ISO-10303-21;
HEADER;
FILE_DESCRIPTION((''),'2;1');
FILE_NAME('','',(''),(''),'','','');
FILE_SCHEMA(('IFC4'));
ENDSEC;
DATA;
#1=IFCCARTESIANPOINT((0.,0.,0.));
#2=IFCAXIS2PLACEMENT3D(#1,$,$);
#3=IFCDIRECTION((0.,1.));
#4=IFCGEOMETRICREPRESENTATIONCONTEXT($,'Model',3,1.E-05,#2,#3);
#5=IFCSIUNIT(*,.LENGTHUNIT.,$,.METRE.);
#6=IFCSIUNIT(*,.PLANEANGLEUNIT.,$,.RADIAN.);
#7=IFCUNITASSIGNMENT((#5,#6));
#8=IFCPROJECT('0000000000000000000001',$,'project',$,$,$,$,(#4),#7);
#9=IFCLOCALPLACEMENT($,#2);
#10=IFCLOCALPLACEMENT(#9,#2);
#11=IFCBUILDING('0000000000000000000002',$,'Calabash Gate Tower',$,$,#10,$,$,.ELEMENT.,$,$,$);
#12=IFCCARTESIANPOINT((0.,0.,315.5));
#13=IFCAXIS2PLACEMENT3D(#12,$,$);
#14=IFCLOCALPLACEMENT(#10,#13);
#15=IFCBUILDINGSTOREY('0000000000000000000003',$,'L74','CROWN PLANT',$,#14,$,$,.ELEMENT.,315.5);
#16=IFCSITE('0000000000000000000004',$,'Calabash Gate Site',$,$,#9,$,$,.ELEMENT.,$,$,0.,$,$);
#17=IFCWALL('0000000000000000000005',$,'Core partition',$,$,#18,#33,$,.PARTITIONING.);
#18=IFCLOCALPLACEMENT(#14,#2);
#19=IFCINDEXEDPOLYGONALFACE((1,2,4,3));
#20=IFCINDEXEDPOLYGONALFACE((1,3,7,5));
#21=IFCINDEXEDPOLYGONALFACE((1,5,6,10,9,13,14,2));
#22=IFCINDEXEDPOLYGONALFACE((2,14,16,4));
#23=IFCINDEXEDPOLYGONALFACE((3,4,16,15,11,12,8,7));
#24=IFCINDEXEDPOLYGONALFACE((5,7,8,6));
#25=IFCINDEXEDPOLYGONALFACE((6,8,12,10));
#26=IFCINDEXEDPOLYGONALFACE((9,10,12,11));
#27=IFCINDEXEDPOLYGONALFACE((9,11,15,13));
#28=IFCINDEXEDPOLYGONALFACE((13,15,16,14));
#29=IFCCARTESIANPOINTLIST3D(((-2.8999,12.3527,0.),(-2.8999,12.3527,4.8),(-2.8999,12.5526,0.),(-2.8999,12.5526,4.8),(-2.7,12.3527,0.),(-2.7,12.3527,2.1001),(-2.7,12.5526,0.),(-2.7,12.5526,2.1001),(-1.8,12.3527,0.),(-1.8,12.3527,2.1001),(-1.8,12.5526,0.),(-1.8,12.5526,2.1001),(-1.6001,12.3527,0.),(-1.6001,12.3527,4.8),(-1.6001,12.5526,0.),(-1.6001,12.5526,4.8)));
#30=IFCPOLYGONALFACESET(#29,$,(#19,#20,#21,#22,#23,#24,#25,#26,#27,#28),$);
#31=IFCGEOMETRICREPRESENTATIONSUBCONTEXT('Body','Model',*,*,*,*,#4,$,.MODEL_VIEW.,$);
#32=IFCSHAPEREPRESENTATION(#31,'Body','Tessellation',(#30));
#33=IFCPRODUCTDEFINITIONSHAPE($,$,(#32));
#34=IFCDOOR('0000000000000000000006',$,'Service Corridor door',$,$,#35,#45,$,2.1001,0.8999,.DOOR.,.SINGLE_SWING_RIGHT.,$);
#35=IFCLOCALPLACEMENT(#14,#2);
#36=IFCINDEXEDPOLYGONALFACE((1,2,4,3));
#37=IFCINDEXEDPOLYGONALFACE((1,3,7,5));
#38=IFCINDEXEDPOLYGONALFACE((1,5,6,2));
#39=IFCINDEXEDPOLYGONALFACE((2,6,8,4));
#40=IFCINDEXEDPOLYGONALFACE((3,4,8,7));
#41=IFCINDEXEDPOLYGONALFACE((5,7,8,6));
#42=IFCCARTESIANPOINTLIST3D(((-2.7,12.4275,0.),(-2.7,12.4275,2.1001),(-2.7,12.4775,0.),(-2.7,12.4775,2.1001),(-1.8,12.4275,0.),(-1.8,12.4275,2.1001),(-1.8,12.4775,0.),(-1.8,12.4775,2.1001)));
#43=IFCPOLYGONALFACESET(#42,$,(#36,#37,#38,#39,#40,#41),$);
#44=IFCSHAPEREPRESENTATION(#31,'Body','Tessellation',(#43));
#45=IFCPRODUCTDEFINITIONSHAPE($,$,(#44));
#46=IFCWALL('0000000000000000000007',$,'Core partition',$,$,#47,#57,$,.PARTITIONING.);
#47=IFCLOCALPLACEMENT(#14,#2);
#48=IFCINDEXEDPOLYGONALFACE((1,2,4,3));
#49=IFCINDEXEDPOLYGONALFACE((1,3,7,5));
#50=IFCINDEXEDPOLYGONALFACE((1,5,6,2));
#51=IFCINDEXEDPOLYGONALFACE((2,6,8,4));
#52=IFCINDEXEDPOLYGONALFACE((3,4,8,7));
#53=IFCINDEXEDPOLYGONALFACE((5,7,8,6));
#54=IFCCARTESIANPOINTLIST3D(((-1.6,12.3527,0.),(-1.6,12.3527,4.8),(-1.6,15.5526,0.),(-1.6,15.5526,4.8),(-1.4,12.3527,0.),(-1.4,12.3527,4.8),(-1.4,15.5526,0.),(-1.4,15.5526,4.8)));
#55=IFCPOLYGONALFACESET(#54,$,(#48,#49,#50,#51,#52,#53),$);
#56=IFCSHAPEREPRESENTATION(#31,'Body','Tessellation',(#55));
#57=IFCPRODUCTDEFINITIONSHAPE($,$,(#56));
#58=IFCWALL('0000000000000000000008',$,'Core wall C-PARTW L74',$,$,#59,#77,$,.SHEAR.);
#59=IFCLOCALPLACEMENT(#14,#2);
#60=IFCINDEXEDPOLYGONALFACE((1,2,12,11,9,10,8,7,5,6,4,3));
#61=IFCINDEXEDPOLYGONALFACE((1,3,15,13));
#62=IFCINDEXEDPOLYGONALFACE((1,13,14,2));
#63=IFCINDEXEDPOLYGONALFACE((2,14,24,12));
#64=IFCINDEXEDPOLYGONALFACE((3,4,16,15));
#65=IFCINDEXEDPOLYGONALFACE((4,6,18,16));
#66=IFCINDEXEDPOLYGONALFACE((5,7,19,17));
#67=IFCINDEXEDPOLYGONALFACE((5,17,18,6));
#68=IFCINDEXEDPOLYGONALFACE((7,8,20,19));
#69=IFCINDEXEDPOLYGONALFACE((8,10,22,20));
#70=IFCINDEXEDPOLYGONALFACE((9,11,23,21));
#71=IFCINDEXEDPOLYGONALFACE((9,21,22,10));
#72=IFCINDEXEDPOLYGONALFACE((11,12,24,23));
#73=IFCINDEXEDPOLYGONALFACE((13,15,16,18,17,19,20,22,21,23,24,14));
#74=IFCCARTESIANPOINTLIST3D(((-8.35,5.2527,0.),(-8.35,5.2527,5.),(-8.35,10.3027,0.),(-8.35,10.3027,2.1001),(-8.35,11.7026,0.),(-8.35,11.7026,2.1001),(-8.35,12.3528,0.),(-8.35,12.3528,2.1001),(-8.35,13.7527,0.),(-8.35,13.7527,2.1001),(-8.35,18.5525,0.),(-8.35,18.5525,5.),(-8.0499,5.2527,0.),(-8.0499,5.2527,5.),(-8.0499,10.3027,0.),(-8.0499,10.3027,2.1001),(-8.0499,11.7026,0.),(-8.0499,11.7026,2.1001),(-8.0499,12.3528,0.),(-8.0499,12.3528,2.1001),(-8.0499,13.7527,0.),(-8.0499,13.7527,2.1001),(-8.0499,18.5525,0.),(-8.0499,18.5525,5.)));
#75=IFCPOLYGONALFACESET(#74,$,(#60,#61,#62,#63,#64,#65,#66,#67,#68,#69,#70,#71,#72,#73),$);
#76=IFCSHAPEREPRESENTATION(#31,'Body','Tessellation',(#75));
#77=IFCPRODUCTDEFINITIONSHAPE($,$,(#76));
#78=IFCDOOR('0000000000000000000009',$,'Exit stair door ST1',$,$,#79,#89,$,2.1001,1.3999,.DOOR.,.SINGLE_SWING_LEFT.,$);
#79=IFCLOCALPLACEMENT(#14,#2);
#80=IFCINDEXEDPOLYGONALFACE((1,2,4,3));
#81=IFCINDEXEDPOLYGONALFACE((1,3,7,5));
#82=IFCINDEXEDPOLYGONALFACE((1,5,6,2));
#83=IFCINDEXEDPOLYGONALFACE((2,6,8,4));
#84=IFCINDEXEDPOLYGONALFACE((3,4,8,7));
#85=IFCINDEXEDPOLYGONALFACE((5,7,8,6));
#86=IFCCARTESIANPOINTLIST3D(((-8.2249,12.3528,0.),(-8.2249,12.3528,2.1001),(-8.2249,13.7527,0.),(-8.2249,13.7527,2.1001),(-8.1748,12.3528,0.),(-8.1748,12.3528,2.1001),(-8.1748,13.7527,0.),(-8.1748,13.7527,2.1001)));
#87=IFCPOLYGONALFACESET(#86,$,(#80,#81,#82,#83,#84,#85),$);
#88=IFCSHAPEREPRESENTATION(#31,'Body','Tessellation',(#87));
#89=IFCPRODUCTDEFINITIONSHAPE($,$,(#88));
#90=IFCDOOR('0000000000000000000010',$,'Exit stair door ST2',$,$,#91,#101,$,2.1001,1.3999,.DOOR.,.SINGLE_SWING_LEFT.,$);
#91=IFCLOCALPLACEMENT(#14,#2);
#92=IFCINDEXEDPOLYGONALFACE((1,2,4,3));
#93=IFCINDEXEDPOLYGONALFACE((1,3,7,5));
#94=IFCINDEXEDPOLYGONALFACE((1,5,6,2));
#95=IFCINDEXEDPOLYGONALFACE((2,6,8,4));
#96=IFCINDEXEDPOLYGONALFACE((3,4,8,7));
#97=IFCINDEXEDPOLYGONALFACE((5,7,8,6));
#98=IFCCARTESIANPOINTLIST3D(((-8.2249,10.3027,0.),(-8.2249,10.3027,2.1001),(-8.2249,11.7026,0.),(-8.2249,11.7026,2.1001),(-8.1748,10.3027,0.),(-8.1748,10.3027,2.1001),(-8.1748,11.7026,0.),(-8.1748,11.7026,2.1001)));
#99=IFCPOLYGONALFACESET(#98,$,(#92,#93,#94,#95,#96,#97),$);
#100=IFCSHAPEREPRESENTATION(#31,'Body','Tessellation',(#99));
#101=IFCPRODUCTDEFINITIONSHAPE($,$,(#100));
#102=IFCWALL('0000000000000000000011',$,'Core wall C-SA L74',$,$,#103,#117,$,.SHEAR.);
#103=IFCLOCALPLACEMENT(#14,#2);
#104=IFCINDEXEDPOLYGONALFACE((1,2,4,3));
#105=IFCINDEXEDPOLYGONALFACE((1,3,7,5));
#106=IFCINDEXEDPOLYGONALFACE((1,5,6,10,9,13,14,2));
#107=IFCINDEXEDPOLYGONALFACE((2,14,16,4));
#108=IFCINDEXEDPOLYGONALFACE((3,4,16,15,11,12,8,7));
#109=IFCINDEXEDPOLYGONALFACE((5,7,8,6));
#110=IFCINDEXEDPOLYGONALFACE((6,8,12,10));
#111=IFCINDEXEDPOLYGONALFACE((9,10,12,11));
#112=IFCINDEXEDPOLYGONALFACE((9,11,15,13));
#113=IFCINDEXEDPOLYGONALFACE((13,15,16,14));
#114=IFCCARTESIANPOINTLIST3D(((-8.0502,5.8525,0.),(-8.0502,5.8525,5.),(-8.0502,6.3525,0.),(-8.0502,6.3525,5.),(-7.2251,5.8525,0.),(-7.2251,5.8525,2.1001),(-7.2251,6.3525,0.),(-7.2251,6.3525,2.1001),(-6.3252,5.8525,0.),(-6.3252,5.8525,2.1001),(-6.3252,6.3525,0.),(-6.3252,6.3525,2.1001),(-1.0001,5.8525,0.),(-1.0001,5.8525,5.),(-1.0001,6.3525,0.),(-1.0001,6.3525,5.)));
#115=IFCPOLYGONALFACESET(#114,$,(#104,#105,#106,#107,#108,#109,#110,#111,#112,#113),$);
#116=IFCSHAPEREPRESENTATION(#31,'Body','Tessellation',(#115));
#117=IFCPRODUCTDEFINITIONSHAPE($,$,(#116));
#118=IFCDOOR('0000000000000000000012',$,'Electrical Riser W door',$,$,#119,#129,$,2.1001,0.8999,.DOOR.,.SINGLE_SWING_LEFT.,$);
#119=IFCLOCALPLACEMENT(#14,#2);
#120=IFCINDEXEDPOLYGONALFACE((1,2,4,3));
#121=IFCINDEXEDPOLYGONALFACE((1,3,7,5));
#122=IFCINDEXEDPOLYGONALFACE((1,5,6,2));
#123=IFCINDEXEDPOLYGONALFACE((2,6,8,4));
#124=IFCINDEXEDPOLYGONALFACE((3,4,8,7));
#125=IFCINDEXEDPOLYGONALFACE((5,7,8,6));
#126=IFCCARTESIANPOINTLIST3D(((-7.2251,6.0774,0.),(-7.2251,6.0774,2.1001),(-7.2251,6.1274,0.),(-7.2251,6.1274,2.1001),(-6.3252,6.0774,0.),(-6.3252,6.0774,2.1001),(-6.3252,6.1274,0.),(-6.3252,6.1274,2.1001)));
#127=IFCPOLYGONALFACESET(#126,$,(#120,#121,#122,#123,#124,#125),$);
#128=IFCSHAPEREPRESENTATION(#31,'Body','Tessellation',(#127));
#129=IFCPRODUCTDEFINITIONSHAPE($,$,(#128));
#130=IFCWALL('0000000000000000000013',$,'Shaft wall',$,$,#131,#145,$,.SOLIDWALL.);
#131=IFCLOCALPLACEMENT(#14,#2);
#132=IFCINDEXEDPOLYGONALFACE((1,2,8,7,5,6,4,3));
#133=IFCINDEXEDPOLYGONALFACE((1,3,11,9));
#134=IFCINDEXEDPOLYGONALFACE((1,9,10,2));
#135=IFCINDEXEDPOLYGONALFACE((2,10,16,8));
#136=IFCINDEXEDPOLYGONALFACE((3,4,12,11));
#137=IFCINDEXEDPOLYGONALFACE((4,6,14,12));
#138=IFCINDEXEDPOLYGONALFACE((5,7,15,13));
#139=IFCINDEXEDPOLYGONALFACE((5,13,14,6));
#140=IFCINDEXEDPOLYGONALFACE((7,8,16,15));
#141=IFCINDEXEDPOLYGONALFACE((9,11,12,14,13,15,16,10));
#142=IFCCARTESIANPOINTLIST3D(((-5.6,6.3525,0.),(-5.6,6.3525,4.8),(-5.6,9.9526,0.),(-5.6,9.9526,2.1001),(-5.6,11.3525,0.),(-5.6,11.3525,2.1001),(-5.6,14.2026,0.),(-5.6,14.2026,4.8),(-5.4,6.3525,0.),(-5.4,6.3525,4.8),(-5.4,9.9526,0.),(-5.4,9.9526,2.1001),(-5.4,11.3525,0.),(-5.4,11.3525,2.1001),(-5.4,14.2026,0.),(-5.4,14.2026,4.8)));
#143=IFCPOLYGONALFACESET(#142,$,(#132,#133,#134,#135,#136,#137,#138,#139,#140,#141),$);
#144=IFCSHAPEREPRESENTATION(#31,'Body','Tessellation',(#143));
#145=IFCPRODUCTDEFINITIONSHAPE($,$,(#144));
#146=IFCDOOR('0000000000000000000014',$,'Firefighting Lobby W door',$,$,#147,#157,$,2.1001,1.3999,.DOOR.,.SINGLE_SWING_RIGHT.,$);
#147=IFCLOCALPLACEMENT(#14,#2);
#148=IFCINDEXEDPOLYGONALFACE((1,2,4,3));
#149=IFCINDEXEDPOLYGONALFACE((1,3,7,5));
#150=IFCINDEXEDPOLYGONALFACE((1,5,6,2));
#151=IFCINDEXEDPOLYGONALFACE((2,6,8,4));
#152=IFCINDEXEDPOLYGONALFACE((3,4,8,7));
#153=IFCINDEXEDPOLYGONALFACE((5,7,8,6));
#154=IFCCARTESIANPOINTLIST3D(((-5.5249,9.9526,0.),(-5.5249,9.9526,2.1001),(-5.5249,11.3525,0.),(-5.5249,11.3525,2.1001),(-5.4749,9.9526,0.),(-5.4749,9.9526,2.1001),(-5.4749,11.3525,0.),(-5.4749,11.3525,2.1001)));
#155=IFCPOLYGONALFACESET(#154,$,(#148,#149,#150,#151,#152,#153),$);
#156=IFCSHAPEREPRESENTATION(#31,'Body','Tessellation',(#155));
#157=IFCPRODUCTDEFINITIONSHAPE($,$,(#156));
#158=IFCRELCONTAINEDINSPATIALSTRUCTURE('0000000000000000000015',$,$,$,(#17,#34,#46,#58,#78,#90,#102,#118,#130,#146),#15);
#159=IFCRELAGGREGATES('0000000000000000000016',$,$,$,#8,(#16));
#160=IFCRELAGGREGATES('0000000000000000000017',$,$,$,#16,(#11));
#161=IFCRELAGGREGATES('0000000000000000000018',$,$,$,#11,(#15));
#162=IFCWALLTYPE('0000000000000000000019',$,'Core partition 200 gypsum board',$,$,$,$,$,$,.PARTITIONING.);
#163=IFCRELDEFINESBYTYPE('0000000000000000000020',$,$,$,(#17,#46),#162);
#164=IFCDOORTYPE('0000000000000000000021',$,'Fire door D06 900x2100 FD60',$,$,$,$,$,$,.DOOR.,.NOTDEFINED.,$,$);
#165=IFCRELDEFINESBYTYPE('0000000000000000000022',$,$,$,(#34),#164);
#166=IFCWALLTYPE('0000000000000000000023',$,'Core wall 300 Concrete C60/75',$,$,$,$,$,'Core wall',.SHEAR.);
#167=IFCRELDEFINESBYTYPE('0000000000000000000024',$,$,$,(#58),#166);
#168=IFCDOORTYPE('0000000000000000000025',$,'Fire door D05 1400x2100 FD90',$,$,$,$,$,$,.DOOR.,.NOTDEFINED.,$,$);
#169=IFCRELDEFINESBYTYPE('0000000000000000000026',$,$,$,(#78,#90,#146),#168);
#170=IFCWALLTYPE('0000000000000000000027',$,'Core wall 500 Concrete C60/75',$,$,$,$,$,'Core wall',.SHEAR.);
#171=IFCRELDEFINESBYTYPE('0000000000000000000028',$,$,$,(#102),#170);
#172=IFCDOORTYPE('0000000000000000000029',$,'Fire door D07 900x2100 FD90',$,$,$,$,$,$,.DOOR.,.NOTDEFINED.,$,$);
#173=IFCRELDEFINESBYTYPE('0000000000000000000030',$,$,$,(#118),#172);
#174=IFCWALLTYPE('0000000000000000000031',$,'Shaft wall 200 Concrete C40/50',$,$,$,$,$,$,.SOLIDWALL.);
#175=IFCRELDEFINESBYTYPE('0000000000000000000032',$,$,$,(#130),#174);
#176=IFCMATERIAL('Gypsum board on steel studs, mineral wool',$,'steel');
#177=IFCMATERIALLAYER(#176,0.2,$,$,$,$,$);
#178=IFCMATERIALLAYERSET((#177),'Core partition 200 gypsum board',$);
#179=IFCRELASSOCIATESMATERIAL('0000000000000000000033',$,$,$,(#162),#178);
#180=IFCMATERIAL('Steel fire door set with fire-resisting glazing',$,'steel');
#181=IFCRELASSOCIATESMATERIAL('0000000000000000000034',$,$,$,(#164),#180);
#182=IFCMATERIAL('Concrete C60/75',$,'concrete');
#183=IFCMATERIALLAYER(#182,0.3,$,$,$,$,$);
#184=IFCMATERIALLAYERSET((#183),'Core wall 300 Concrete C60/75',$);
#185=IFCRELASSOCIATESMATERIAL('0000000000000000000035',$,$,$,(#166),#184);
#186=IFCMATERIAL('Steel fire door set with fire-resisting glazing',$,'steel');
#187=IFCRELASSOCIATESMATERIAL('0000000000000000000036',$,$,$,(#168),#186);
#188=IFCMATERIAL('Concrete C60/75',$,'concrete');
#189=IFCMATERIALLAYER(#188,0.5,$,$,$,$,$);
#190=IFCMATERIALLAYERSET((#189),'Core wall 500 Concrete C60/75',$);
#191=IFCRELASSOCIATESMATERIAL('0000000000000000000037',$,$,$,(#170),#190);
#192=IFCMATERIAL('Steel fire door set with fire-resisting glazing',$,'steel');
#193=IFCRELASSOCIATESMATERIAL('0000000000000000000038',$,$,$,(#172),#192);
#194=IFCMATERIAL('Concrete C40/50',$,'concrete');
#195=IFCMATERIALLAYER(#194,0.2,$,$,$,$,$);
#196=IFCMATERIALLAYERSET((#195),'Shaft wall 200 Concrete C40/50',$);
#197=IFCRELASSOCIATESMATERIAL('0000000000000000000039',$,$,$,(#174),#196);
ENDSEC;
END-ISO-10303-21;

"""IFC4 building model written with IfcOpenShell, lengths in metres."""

from ifc_helpers import new_model, si_unit, direction, frame, frame_2d, origin, place, context, subcontext, project, spatial, rectangle, extrude, material, layer, layer_set, type_object, element, fill, save


model = new_model("IFC4")

# Units and contexts
model_context = context("Model", 3, precision=1e-05, world=origin(), true_north=direction((0.0, 1.0)))
body_context = subcontext(model_context, "Body", "Model", "MODEL_VIEW")
ifc_project = project(units=[si_unit("LENGTHUNIT", "METRE"), si_unit("PLANEANGLEUNIT", "RADIAN")], contexts=[model_context])

# Site, building, storey
site_placement = place(None, origin())
site = spatial("IfcSite", under=ifc_project, at=site_placement, Name="Calabash Gate Site", CompositionType="ELEMENT", RefElevation=0.0)
building_placement = place(site_placement, origin())
building = spatial("IfcBuilding", under=site, at=building_placement, Name="Calabash Gate Tower", CompositionType="ELEMENT")
storey_placement = place(building_placement, frame((0.0, 0.0, 315.5)))
storey = spatial("IfcBuildingStorey", under=building, at=storey_placement, Name="L74", Description="CROWN PLANT", CompositionType="ELEMENT", Elevation=315.5)

# Shared definitions
ifc_material_1 = material(Name="Gypsum board on steel studs, mineral wool", Category="steel")
ifc_layer_1 = layer(ifc_material_1, 0.2)
ifc_layer_set_1 = layer_set([ifc_layer_1], Name="Core partition 200 gypsum board")
wall_type_1 = type_object("IfcWallType", Name="Core partition 200 gypsum board", PredefinedType="PARTITIONING", material=ifc_layer_set_1)

# Shared definitions
ifc_material_2 = material(Name="Steel fire door set with fire-resisting glazing", Category="steel")
door_type_1 = type_object("IfcDoorType", Name="Fire door D06 900x2100 FD60", OperationType="NOTDEFINED", PredefinedType="DOOR", material=ifc_material_2)

# Wall, opening, door
wall_1_placement = place(storey_placement, frame((-2.8999, 12.4526, 0.0), z_axis=(0.0, 0.0, 1.0), x_axis=(1.0, 0.0, 0.0)))
wall_1 = element("IfcWall", 1, at=wall_1_placement, inside=storey, type_object=wall_type_1, Name="Core partition", PredefinedType="PARTITIONING", context=body_context, shape_type="SweptSolid", body=[
    extrude(rectangle(XDim=1.2998, YDim=0.2, at=frame_2d((0.6499, 0.0))), origin(), (0.0, 0.0, 1.0), 4.8),
])
opening_1_placement = place(wall_1_placement, frame((0.2, 0.0, 0.0)))
opening_1 = element("IfcOpeningElement", 2, at=opening_1_placement, cuts=wall_1, PredefinedType="OPENING", context=body_context, shape_type="SweptSolid", body=[
    extrude(rectangle(XDim=0.8999, YDim=2.1001, at=frame_2d((0.45, 1.05))), frame((0.0, 0.1099, 0.0), z_axis=(0.0, -1.0, 0.0), x_axis=(1.0, 0.0, 0.0)), (0.0, 0.0, 1.0), 0.22),
])
door_1_placement = place(opening_1_placement, origin())
door_1 = element("IfcDoor", 3, at=door_1_placement, inside=storey, type_object=door_type_1, Name="Service Corridor door", OperationType="SINGLE_SWING_RIGHT", OverallHeight=2.1001, OverallWidth=0.8999, PredefinedType="DOOR", context=body_context, shape_type="SweptSolid", body=[
    extrude(rectangle(XDim=0.8999, YDim=2.1001, at=frame_2d((0.45, 1.05))), frame((0.0, 0.0249, 0.0), z_axis=(0.0, -1.0, 0.0), x_axis=(1.0, 0.0, 0.0)), (0.0, 0.0, 1.0), 0.05),
])
fill(opening_1, door_1)

# Wall
wall_2_placement = place(storey_placement, frame((-1.5, 12.3525, 0.0), z_axis=(0.0, 0.0, 1.0), x_axis=(0.0, 1.0, 0.0)))
element("IfcWall", 4, at=wall_2_placement, inside=storey, type_object=wall_type_1, Name="Core partition", PredefinedType="PARTITIONING", context=body_context, shape_type="SweptSolid", body=[
    extrude(rectangle(XDim=3.2, YDim=0.2, at=frame_2d((1.6001, 0.0))), origin(), (0.0, 0.0, 1.0), 4.8),
])

# Wall, openings, doors
ifc_material_3 = material(Name="Concrete C60/75", Category="concrete")
ifc_layer_2 = layer(ifc_material_3, 0.3)
ifc_layer_set_2 = layer_set([ifc_layer_2], Name="Core wall 300 Concrete C60/75")
wall_type_2 = type_object("IfcWallType", Name="Core wall 300 Concrete C60/75", ElementType="Core wall", PredefinedType="SHEAR", material=ifc_layer_set_2)
wall_3_placement = place(storey_placement, frame((-8.2, 5.2527, 0.0), z_axis=(0.0, 0.0, 1.0), x_axis=(0.0, 1.0, 0.0)))
wall_3 = element("IfcWall", 5, at=wall_3_placement, inside=storey, type_object=wall_type_2, Name="Core wall C-PARTW L74", PredefinedType="SHEAR", context=body_context, shape_type="SweptSolid", body=[
    extrude(rectangle(XDim=13.2998, YDim=0.3, at=frame_2d((6.6499, 0.0))), origin(), (0.0, 0.0, 1.0), 5.0),
])
opening_2_placement = place(wall_3_placement, frame((7.1001, 0.0, 0.0)))
opening_2 = element("IfcOpeningElement", 6, at=opening_2_placement, cuts=wall_3, PredefinedType="OPENING", context=body_context, shape_type="SweptSolid", body=[
    extrude(rectangle(XDim=1.3999, YDim=2.1001, at=frame_2d((0.7, 1.05))), frame((0.0, 0.1599, 0.0), z_axis=(0.0, -1.0, 0.0), x_axis=(1.0, 0.0, 0.0)), (0.0, 0.0, 1.0), 0.3201),
])
opening_3_placement = place(wall_3_placement, frame((5.05, 0.0, 0.0)))
opening_3 = element("IfcOpeningElement", 7, at=opening_3_placement, cuts=wall_3, PredefinedType="OPENING", context=body_context, shape_type="SweptSolid", body=[
    extrude(rectangle(XDim=1.3999, YDim=2.1001, at=frame_2d((0.7, 1.05))), frame((0.0, 0.1599, 0.0), z_axis=(0.0, -1.0, 0.0), x_axis=(1.0, 0.0, 0.0)), (0.0, 0.0, 1.0), 0.3201),
])
ifc_material_4 = material(Name="Steel fire door set with fire-resisting glazing", Category="steel")
door_type_2 = type_object("IfcDoorType", Name="Fire door D05 1400x2100 FD90", OperationType="NOTDEFINED", PredefinedType="DOOR", material=ifc_material_4)
door_2_placement = place(opening_2_placement, origin())
door_2 = element("IfcDoor", 8, at=door_2_placement, inside=storey, type_object=door_type_2, Name="Exit stair door ST1", OperationType="SINGLE_SWING_LEFT", OverallHeight=2.1001, OverallWidth=1.3999, PredefinedType="DOOR", context=body_context, shape_type="SweptSolid", body=[
    extrude(rectangle(XDim=1.3999, YDim=2.1001, at=frame_2d((0.7, 1.05))), frame((0.0, 0.0249, 0.0), z_axis=(0.0, -1.0, 0.0), x_axis=(1.0, 0.0, 0.0)), (0.0, 0.0, 1.0), 0.05),
])
fill(opening_2, door_2)
door_3_placement = place(opening_3_placement, origin())
door_3 = element("IfcDoor", 9, at=door_3_placement, inside=storey, type_object=door_type_2, Name="Exit stair door ST2", OperationType="SINGLE_SWING_LEFT", OverallHeight=2.1001, OverallWidth=1.3999, PredefinedType="DOOR", context=body_context, shape_type="SweptSolid", body=[
    extrude(rectangle(XDim=1.3999, YDim=2.1001, at=frame_2d((0.7, 1.05))), frame((0.0, 0.0249, 0.0), z_axis=(0.0, -1.0, 0.0), x_axis=(1.0, 0.0, 0.0)), (0.0, 0.0, 1.0), 0.05),
])
fill(opening_3, door_3)

# Walls, openings, doors
ifc_material_5 = material(Name="Concrete C60/75", Category="concrete")
ifc_layer_3 = layer(ifc_material_5, 0.5)
ifc_layer_set_3 = layer_set([ifc_layer_3], Name="Core wall 500 Concrete C60/75")
wall_type_3 = type_object("IfcWallType", Name="Core wall 500 Concrete C60/75", ElementType="Core wall", PredefinedType="SHEAR", material=ifc_layer_set_3)
wall_4_placement = place(storey_placement, frame((-8.05, 6.1025, 0.0), z_axis=(0.0, 0.0, 1.0), x_axis=(1.0, 0.0, 0.0)))
wall_4 = element("IfcWall", 10, at=wall_4_placement, inside=storey, type_object=wall_type_3, Name="Core wall C-SA L74", PredefinedType="SHEAR", context=body_context, shape_type="SweptSolid", body=[
    extrude(rectangle(XDim=7.05, YDim=0.5, at=frame_2d((3.5249, 0.0))), origin(), (0.0, 0.0, 1.0), 5.0),
])
opening_4_placement = place(wall_4_placement, frame((0.825, 0.0, 0.0)))
opening_4 = element("IfcOpeningElement", 11, at=opening_4_placement, cuts=wall_4, PredefinedType="OPENING", context=body_context, shape_type="SweptSolid", body=[
    extrude(rectangle(XDim=0.8999, YDim=2.1001, at=frame_2d((0.45, 1.05))), frame((0.0, 0.26, 0.0), z_axis=(0.0, -1.0, 0.0), x_axis=(1.0, 0.0, 0.0)), (0.0, 0.0, 1.0), 0.52),
])
ifc_material_6 = material(Name="Steel fire door set with fire-resisting glazing", Category="steel")
door_type_3 = type_object("IfcDoorType", Name="Fire door D07 900x2100 FD90", OperationType="NOTDEFINED", PredefinedType="DOOR", material=ifc_material_6)
door_4_placement = place(opening_4_placement, origin())
door_4 = element("IfcDoor", 12, at=door_4_placement, inside=storey, type_object=door_type_3, Name="Electrical Riser W door", OperationType="SINGLE_SWING_LEFT", OverallHeight=2.1001, OverallWidth=0.8999, PredefinedType="DOOR", context=body_context, shape_type="SweptSolid", body=[
    extrude(rectangle(XDim=0.8999, YDim=2.1001, at=frame_2d((0.45, 1.05))), frame((0.0, 0.0249, 0.0), z_axis=(0.0, -1.0, 0.0), x_axis=(1.0, 0.0, 0.0)), (0.0, 0.0, 1.0), 0.05),
])
fill(opening_4, door_4)
ifc_material_7 = material(Name="Concrete C40/50", Category="concrete")
ifc_layer_4 = layer(ifc_material_7, 0.2)
ifc_layer_set_4 = layer_set([ifc_layer_4], Name="Shaft wall 200 Concrete C40/50")
wall_type_4 = type_object("IfcWallType", Name="Shaft wall 200 Concrete C40/50", PredefinedType="SOLIDWALL", material=ifc_layer_set_4)
wall_5_placement = place(storey_placement, frame((-5.5, 6.3525, 0.0), z_axis=(0.0, 0.0, 1.0), x_axis=(0.0, 1.0, 0.0)))
wall_5 = element("IfcWall", 13, at=wall_5_placement, inside=storey, type_object=wall_type_4, Name="Shaft wall", PredefinedType="SOLIDWALL", context=body_context, shape_type="SweptSolid", body=[
    extrude(rectangle(XDim=7.8501, YDim=0.2, at=frame_2d((3.925, 0.0))), origin(), (0.0, 0.0, 1.0), 4.8),
])
opening_5_placement = place(wall_5_placement, frame((3.6001, 0.0, 0.0)))
opening_5 = element("IfcOpeningElement", 14, at=opening_5_placement, cuts=wall_5, PredefinedType="OPENING", context=body_context, shape_type="SweptSolid", body=[
    extrude(rectangle(XDim=1.3999, YDim=2.1001, at=frame_2d((0.7, 1.05))), frame((0.0, 0.1099, 0.0), z_axis=(0.0, -1.0, 0.0), x_axis=(1.0, 0.0, 0.0)), (0.0, 0.0, 1.0), 0.22),
])
door_5_placement = place(opening_5_placement, origin())
door_5 = element("IfcDoor", 15, at=door_5_placement, inside=storey, type_object=door_type_2, Name="Firefighting Lobby W door", OperationType="SINGLE_SWING_RIGHT", OverallHeight=2.1001, OverallWidth=1.3999, PredefinedType="DOOR", context=body_context, shape_type="SweptSolid", body=[
    extrude(rectangle(XDim=1.3999, YDim=2.1001, at=frame_2d((0.7, 1.05))), frame((0.0, 0.0249, 0.0), z_axis=(0.0, -1.0, 0.0), x_axis=(1.0, 0.0, 0.0)), (0.0, 0.0, 1.0), 0.05),
])
fill(opening_5, door_5)

save(model, "model.ifc")
